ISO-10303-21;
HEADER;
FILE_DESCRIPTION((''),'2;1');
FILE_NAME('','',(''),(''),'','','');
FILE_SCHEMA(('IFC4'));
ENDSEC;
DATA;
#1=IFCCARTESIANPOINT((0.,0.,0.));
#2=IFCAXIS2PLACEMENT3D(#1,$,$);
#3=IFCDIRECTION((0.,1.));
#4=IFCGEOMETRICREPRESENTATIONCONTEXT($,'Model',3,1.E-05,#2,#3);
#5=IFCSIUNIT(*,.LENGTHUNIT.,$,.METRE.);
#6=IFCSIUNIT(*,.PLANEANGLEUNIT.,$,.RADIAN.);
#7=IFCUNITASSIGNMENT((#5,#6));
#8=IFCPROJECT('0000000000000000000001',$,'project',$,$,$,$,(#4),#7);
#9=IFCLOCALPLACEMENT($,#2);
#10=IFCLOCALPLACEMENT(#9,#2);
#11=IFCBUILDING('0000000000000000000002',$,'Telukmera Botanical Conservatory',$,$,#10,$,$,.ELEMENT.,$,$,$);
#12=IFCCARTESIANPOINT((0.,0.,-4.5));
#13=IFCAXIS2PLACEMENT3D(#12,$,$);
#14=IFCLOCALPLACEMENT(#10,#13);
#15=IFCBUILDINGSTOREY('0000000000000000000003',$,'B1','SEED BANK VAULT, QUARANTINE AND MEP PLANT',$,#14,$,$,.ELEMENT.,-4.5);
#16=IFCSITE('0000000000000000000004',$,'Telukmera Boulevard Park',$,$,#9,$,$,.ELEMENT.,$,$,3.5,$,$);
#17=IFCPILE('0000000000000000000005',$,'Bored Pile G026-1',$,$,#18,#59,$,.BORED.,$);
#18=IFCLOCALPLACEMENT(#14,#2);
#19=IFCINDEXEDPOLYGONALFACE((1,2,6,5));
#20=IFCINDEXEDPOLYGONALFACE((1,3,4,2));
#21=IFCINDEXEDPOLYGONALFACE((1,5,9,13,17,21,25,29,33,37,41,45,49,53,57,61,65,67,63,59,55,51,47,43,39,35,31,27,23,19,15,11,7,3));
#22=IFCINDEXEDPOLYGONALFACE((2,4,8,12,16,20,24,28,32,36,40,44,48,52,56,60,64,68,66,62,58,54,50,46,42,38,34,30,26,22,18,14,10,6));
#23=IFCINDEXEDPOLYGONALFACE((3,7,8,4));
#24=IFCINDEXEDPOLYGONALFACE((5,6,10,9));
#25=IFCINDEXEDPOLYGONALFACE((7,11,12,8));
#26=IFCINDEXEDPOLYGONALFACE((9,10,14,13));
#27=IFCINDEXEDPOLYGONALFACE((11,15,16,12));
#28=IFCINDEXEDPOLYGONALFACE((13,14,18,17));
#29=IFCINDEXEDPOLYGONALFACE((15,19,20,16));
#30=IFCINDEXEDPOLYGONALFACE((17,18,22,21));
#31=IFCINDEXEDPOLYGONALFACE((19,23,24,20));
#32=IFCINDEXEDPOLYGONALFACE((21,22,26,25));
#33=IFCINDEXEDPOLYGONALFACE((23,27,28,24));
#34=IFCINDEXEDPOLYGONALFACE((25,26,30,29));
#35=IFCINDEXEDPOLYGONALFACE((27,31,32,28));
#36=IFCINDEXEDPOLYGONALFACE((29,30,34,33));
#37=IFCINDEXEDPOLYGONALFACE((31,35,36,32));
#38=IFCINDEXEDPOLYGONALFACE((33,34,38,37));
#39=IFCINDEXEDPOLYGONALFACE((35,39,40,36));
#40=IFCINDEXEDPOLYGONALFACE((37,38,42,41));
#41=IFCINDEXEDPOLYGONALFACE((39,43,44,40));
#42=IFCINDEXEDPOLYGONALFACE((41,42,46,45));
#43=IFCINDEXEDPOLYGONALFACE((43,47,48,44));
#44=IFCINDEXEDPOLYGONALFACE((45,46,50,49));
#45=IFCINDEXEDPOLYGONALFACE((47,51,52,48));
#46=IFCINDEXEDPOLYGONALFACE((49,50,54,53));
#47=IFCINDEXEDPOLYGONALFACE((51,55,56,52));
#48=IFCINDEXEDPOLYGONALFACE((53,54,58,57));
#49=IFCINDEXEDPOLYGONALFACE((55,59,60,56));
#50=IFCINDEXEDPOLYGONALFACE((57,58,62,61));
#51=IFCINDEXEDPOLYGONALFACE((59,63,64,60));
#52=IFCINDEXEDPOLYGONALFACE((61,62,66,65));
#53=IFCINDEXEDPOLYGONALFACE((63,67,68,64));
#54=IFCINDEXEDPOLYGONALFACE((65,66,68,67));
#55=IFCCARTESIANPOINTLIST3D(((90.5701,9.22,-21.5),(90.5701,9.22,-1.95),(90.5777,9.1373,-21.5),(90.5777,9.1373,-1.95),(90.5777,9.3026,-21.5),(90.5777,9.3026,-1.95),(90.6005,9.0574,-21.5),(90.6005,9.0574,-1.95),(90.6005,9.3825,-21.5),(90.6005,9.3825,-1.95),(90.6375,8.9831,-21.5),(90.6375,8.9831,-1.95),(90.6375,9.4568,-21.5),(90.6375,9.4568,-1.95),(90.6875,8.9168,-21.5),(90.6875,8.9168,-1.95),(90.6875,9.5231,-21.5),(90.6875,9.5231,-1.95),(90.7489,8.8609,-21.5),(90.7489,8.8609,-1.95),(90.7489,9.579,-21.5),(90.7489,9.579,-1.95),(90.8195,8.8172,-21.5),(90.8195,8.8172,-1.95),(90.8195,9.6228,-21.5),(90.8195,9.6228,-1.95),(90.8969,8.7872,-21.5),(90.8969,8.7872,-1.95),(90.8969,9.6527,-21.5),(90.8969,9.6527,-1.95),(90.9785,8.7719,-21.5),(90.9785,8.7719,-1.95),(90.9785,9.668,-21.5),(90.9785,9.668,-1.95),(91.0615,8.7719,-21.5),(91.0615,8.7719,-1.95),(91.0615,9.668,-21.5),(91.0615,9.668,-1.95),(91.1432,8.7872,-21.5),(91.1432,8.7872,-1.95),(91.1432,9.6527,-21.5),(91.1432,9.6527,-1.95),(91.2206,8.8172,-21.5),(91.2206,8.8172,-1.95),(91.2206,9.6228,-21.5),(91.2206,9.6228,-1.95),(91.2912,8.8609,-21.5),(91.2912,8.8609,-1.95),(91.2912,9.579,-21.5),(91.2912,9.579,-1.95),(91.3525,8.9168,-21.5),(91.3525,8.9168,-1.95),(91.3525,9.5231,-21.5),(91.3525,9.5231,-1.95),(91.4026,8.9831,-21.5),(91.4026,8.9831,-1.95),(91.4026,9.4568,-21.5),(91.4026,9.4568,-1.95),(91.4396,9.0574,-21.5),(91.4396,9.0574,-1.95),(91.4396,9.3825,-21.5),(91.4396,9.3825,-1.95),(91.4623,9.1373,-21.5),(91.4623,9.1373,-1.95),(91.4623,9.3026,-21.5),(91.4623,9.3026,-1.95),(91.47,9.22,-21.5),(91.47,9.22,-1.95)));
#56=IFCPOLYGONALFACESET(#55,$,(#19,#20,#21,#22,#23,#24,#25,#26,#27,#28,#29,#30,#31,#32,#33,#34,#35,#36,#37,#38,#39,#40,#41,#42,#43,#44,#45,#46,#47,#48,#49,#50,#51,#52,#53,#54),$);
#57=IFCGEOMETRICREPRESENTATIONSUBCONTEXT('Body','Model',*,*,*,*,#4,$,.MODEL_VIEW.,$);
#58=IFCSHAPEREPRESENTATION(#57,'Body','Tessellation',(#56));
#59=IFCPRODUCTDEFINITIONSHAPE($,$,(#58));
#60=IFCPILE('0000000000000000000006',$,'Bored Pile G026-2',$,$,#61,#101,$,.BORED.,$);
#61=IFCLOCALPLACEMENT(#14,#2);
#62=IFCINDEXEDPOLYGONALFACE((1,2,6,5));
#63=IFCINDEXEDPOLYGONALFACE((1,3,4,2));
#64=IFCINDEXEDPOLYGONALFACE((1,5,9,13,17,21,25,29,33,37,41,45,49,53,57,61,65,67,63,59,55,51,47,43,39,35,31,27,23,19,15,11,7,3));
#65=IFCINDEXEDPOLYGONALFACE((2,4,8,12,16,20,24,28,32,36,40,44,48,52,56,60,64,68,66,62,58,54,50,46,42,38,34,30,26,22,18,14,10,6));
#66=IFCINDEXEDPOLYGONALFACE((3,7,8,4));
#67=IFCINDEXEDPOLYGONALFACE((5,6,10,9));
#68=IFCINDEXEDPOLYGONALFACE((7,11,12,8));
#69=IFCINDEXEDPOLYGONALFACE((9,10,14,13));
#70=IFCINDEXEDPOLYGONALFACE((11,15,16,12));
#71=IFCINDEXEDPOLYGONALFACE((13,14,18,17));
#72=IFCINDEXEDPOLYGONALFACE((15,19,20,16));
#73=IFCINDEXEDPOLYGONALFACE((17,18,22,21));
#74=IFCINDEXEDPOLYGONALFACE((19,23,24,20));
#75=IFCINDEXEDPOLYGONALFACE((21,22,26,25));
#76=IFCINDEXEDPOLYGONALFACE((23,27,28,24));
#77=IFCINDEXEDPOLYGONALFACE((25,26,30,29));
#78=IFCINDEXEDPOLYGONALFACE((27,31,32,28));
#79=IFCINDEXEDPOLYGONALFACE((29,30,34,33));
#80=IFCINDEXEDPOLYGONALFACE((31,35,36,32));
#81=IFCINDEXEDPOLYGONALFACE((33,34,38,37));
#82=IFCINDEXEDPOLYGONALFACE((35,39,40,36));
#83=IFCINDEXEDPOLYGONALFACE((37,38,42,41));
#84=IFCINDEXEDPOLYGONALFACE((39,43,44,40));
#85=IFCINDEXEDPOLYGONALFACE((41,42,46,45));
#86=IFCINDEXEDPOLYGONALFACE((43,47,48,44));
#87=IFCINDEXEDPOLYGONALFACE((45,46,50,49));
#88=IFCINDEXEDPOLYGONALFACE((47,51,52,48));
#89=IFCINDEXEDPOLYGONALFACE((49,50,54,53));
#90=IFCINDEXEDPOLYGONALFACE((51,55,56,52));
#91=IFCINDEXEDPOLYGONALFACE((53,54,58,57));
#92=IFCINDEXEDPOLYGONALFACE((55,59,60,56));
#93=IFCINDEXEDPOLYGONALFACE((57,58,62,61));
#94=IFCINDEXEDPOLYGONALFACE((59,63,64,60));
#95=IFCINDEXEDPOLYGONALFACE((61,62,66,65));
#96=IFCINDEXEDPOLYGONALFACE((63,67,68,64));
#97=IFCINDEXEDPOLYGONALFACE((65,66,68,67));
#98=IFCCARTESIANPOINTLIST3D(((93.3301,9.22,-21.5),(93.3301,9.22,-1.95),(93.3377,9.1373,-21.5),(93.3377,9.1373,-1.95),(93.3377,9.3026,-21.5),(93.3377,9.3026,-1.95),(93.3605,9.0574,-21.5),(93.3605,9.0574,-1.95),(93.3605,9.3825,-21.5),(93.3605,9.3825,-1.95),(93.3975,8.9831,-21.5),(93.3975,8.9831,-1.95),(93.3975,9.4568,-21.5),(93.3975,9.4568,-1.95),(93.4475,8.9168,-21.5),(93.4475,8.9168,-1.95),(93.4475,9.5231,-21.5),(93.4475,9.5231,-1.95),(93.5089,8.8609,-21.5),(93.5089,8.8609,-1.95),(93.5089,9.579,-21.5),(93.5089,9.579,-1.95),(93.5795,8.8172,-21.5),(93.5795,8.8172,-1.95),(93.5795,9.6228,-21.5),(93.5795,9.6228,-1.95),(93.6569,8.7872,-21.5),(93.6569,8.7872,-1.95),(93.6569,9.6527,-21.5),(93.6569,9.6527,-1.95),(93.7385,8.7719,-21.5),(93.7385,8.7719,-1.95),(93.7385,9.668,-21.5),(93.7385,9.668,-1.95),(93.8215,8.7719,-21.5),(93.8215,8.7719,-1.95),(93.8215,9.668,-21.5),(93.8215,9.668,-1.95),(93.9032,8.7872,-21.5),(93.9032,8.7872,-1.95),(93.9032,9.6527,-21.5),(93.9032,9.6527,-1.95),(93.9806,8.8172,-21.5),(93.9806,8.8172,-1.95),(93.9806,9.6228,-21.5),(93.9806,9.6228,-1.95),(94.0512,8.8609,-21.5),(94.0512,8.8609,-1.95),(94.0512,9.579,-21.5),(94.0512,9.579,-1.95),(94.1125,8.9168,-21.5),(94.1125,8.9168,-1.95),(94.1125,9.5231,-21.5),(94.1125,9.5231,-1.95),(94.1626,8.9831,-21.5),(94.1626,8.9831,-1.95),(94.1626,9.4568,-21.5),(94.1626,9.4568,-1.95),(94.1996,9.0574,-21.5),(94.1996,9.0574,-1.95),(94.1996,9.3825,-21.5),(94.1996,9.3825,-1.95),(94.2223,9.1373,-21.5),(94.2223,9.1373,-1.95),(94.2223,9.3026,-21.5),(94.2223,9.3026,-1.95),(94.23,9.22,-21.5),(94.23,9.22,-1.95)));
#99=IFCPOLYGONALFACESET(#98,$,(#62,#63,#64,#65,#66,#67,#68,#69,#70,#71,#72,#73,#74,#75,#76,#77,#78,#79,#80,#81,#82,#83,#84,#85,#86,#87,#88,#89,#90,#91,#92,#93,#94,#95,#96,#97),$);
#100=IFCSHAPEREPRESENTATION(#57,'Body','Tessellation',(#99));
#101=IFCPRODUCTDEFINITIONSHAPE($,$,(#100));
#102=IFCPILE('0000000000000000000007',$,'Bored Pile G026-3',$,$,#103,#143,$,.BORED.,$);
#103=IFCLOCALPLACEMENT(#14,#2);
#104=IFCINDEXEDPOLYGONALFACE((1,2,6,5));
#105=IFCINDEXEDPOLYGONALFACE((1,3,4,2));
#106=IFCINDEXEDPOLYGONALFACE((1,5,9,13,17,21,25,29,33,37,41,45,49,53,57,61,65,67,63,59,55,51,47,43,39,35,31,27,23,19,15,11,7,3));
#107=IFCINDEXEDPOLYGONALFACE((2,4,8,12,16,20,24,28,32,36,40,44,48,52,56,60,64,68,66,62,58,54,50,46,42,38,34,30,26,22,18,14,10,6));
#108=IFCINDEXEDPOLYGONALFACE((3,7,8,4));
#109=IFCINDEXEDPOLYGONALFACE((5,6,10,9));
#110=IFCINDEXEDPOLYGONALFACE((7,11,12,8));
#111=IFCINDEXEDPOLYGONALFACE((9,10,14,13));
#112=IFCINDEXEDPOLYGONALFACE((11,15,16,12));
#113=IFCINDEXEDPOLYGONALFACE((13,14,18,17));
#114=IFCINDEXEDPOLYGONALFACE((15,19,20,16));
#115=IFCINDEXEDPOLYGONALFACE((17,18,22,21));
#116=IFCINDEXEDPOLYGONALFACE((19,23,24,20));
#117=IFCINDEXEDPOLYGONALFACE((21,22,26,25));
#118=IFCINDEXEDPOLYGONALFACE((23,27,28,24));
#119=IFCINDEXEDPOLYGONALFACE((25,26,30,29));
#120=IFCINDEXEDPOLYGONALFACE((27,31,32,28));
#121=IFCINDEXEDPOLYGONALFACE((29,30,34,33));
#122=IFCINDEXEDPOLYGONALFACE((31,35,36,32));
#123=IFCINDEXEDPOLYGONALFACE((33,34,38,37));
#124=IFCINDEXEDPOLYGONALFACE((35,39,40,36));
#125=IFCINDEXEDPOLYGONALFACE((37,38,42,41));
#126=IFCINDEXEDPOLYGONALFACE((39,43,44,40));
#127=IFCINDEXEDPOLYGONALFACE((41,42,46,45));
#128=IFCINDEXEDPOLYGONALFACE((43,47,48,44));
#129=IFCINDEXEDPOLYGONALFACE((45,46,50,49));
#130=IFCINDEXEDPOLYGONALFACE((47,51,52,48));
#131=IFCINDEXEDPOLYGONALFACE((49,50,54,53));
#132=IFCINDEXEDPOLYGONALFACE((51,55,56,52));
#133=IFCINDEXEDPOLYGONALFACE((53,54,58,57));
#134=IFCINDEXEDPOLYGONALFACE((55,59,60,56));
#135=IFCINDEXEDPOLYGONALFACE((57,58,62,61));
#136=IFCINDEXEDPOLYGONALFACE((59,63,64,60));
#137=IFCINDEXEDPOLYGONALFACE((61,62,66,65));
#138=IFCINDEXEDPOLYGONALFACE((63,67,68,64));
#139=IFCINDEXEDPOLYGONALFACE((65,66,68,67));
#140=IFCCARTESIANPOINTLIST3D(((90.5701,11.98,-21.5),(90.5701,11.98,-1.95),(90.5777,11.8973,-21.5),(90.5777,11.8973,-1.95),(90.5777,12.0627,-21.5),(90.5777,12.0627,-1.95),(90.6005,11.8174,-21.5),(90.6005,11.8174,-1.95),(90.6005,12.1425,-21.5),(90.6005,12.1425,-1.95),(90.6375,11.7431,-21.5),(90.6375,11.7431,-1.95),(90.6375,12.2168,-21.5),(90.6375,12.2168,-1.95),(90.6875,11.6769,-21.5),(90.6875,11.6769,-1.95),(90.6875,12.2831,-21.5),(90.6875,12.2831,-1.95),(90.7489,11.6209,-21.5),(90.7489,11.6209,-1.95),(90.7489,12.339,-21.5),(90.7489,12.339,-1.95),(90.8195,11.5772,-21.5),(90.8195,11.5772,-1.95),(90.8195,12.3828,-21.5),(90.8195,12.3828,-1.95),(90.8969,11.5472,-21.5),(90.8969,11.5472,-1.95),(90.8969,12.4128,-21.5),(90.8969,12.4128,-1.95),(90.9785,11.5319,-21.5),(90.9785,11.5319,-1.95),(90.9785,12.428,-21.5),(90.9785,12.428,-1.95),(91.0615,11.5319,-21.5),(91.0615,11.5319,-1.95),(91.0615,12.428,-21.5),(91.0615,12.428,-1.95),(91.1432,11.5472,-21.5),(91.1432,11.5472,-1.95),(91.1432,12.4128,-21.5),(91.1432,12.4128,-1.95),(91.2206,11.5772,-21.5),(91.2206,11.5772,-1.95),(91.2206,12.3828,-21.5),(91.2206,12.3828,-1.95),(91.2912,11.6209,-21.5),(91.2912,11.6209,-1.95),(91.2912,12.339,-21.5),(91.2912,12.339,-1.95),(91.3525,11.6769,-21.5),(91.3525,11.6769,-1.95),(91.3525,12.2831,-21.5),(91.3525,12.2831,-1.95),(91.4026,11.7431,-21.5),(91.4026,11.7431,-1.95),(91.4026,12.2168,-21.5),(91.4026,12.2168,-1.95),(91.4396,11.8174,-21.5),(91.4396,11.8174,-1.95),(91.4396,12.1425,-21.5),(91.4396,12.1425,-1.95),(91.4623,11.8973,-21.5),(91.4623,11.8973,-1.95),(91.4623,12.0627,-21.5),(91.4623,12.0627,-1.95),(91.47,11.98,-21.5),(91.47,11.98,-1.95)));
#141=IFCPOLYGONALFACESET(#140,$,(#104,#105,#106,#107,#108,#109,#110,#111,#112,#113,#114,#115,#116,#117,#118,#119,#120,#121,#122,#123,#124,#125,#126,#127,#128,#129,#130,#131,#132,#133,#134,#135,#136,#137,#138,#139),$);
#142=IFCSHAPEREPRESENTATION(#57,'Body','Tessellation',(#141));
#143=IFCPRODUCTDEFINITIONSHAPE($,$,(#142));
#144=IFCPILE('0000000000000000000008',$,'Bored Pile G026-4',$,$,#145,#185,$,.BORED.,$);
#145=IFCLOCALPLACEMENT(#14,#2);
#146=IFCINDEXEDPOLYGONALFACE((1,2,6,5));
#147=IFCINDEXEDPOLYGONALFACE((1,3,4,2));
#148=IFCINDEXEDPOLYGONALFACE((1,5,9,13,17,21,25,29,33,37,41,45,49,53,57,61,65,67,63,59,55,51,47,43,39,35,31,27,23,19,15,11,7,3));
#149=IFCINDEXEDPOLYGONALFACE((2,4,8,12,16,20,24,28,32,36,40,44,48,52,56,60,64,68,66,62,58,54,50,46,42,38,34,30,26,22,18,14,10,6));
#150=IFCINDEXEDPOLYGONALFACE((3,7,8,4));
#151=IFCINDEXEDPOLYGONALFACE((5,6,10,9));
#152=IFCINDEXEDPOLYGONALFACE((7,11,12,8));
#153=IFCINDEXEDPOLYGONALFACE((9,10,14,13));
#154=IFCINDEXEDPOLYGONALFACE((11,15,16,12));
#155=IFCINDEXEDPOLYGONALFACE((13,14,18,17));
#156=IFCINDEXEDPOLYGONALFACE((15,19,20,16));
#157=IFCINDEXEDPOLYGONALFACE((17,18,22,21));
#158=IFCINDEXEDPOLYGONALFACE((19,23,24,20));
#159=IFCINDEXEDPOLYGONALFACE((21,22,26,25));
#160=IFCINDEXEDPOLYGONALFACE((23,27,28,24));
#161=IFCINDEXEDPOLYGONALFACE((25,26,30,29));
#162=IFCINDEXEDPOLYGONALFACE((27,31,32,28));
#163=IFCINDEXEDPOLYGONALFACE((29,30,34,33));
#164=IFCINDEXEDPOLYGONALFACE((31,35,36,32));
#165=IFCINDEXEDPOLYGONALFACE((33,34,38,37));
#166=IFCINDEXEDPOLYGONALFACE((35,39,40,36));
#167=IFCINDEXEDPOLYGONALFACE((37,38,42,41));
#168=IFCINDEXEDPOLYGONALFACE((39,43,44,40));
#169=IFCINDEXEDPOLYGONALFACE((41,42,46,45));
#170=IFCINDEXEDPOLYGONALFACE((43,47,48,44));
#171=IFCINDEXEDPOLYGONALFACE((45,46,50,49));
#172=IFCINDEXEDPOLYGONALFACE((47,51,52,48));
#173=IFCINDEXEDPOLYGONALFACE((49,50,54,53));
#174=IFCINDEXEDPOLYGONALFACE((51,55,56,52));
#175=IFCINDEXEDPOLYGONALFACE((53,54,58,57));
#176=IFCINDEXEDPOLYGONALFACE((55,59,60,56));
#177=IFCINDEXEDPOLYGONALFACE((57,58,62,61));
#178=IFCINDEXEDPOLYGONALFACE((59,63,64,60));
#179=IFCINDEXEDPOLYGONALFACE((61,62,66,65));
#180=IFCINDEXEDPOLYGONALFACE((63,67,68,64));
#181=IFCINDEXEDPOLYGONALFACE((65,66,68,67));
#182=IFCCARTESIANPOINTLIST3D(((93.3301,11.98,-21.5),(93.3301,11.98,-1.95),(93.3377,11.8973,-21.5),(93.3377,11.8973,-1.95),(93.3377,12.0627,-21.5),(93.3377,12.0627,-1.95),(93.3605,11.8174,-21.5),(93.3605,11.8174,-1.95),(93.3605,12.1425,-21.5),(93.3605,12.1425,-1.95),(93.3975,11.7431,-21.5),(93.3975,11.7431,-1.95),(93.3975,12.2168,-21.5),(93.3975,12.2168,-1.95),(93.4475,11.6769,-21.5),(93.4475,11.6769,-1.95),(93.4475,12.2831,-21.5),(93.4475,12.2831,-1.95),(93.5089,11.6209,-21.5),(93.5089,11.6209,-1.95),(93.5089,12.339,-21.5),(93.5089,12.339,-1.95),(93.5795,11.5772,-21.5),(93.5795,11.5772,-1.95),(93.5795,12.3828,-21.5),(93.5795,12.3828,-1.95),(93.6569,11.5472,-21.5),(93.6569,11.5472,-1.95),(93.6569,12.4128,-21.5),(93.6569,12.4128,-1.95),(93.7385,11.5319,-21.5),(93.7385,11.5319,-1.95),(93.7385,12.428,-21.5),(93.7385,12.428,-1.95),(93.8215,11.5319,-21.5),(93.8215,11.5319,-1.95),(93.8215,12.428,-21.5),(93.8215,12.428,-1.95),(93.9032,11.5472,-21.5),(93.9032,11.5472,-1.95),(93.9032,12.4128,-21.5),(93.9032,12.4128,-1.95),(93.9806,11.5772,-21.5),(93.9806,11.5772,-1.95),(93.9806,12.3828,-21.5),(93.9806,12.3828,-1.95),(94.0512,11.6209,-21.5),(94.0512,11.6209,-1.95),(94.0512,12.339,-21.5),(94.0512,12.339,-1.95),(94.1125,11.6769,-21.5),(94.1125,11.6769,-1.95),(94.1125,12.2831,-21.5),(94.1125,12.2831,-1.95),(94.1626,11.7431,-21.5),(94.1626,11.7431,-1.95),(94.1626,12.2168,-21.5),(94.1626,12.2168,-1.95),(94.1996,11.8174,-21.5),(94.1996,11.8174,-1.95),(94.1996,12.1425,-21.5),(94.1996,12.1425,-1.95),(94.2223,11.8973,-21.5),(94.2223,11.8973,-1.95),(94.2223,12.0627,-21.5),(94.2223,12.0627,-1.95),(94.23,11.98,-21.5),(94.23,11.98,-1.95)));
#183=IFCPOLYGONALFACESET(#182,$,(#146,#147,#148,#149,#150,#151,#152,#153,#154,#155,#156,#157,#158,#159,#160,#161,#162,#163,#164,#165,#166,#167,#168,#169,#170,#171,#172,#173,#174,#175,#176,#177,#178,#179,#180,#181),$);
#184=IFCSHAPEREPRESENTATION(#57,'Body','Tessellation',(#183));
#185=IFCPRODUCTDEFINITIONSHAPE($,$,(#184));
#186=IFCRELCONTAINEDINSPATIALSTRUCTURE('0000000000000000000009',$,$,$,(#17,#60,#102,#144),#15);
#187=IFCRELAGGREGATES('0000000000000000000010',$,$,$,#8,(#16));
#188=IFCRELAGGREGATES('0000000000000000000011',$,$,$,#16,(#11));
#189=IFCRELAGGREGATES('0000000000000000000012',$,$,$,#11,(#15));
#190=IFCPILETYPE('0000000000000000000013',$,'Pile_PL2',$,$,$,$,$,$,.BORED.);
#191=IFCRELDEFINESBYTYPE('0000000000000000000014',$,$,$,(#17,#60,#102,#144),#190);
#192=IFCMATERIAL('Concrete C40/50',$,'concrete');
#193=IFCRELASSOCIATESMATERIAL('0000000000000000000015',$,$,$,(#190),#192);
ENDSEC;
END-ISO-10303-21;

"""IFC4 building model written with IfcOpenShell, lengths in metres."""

from ifc_helpers import new_model, si_unit, direction, frame, origin, origin_2d, place, context, subcontext, project, spatial, circle, extrude, material, material_profile, profile_set, type_object, element, save


model = new_model("IFC4")

# Units and contexts
model_context = context("Model", 3, precision=1e-05, world=origin(), true_north=direction((0.0, 1.0)))
body_context = subcontext(model_context, "Body", "Model", "MODEL_VIEW")
ifc_project = project(units=[si_unit("LENGTHUNIT", "METRE"), si_unit("PLANEANGLEUNIT", "RADIAN")], contexts=[model_context])

# Site, building, storey
site_placement = place(None, origin())
site = spatial("IfcSite", under=ifc_project, at=site_placement, Name="Telukmera Boulevard Park", CompositionType="ELEMENT", RefElevation=3.5)
building_placement = place(site_placement, origin())
building = spatial("IfcBuilding", under=site, at=building_placement, Name="Telukmera Botanical Conservatory", CompositionType="ELEMENT")
storey_placement = place(building_placement, frame((0.0, 0.0, -4.5)))
storey = spatial("IfcBuildingStorey", under=building, at=storey_placement, Name="B1", Description="SEED BANK VAULT, QUARANTINE AND MEP PLANT", CompositionType="ELEMENT", Elevation=-4.5)

# Shared definitions
ifc_material_1 = material(Name="Concrete C40/50", Category="concrete")

# Piles
ifc_material_profile_1 = material_profile(ifc_material_1, circle(Radius=0.45, at=origin_2d()), Name="PILE D900")
ifc_profile_set_1 = profile_set([ifc_material_profile_1], Name="Concrete C40/50")
pile_type_1 = type_object("IfcPileType", Name="Pile_PL2", PredefinedType="BORED", material=ifc_profile_set_1)
for number, where, z_axis, x_axis, name in (
    (1, (91.02, 9.22, -1.95), (0.0, 0.0, -1.0), (1.0, 0.0, 0.0), "Bored Pile G026-1"),
    (2, (93.78, 9.22, -1.95), (0.0, 0.0, -1.0), (1.0, 0.0, 0.0), "Bored Pile G026-2"),
    (3, (91.02, 11.98, -1.95), (0.0, 0.0, -1.0), (1.0, 0.0, 0.0), "Bored Pile G026-3"),
    (4, (93.78, 11.98, -1.95), (0.0, 0.0, -1.0), (1.0, 0.0, 0.0), "Bored Pile G026-4"),
):
    element("IfcPile", number, at=place(storey_placement, frame(where, z_axis=z_axis, x_axis=x_axis)), inside=storey, type_object=pile_type_1, Name=name, PredefinedType="BORED", context=body_context, shape_type="SweptSolid", body=[
        extrude(circle(Radius=0.45, at=origin_2d()), origin(), (0.0, 0.0, 1.0), 19.55),
    ])

save(model, "model.ifc")
